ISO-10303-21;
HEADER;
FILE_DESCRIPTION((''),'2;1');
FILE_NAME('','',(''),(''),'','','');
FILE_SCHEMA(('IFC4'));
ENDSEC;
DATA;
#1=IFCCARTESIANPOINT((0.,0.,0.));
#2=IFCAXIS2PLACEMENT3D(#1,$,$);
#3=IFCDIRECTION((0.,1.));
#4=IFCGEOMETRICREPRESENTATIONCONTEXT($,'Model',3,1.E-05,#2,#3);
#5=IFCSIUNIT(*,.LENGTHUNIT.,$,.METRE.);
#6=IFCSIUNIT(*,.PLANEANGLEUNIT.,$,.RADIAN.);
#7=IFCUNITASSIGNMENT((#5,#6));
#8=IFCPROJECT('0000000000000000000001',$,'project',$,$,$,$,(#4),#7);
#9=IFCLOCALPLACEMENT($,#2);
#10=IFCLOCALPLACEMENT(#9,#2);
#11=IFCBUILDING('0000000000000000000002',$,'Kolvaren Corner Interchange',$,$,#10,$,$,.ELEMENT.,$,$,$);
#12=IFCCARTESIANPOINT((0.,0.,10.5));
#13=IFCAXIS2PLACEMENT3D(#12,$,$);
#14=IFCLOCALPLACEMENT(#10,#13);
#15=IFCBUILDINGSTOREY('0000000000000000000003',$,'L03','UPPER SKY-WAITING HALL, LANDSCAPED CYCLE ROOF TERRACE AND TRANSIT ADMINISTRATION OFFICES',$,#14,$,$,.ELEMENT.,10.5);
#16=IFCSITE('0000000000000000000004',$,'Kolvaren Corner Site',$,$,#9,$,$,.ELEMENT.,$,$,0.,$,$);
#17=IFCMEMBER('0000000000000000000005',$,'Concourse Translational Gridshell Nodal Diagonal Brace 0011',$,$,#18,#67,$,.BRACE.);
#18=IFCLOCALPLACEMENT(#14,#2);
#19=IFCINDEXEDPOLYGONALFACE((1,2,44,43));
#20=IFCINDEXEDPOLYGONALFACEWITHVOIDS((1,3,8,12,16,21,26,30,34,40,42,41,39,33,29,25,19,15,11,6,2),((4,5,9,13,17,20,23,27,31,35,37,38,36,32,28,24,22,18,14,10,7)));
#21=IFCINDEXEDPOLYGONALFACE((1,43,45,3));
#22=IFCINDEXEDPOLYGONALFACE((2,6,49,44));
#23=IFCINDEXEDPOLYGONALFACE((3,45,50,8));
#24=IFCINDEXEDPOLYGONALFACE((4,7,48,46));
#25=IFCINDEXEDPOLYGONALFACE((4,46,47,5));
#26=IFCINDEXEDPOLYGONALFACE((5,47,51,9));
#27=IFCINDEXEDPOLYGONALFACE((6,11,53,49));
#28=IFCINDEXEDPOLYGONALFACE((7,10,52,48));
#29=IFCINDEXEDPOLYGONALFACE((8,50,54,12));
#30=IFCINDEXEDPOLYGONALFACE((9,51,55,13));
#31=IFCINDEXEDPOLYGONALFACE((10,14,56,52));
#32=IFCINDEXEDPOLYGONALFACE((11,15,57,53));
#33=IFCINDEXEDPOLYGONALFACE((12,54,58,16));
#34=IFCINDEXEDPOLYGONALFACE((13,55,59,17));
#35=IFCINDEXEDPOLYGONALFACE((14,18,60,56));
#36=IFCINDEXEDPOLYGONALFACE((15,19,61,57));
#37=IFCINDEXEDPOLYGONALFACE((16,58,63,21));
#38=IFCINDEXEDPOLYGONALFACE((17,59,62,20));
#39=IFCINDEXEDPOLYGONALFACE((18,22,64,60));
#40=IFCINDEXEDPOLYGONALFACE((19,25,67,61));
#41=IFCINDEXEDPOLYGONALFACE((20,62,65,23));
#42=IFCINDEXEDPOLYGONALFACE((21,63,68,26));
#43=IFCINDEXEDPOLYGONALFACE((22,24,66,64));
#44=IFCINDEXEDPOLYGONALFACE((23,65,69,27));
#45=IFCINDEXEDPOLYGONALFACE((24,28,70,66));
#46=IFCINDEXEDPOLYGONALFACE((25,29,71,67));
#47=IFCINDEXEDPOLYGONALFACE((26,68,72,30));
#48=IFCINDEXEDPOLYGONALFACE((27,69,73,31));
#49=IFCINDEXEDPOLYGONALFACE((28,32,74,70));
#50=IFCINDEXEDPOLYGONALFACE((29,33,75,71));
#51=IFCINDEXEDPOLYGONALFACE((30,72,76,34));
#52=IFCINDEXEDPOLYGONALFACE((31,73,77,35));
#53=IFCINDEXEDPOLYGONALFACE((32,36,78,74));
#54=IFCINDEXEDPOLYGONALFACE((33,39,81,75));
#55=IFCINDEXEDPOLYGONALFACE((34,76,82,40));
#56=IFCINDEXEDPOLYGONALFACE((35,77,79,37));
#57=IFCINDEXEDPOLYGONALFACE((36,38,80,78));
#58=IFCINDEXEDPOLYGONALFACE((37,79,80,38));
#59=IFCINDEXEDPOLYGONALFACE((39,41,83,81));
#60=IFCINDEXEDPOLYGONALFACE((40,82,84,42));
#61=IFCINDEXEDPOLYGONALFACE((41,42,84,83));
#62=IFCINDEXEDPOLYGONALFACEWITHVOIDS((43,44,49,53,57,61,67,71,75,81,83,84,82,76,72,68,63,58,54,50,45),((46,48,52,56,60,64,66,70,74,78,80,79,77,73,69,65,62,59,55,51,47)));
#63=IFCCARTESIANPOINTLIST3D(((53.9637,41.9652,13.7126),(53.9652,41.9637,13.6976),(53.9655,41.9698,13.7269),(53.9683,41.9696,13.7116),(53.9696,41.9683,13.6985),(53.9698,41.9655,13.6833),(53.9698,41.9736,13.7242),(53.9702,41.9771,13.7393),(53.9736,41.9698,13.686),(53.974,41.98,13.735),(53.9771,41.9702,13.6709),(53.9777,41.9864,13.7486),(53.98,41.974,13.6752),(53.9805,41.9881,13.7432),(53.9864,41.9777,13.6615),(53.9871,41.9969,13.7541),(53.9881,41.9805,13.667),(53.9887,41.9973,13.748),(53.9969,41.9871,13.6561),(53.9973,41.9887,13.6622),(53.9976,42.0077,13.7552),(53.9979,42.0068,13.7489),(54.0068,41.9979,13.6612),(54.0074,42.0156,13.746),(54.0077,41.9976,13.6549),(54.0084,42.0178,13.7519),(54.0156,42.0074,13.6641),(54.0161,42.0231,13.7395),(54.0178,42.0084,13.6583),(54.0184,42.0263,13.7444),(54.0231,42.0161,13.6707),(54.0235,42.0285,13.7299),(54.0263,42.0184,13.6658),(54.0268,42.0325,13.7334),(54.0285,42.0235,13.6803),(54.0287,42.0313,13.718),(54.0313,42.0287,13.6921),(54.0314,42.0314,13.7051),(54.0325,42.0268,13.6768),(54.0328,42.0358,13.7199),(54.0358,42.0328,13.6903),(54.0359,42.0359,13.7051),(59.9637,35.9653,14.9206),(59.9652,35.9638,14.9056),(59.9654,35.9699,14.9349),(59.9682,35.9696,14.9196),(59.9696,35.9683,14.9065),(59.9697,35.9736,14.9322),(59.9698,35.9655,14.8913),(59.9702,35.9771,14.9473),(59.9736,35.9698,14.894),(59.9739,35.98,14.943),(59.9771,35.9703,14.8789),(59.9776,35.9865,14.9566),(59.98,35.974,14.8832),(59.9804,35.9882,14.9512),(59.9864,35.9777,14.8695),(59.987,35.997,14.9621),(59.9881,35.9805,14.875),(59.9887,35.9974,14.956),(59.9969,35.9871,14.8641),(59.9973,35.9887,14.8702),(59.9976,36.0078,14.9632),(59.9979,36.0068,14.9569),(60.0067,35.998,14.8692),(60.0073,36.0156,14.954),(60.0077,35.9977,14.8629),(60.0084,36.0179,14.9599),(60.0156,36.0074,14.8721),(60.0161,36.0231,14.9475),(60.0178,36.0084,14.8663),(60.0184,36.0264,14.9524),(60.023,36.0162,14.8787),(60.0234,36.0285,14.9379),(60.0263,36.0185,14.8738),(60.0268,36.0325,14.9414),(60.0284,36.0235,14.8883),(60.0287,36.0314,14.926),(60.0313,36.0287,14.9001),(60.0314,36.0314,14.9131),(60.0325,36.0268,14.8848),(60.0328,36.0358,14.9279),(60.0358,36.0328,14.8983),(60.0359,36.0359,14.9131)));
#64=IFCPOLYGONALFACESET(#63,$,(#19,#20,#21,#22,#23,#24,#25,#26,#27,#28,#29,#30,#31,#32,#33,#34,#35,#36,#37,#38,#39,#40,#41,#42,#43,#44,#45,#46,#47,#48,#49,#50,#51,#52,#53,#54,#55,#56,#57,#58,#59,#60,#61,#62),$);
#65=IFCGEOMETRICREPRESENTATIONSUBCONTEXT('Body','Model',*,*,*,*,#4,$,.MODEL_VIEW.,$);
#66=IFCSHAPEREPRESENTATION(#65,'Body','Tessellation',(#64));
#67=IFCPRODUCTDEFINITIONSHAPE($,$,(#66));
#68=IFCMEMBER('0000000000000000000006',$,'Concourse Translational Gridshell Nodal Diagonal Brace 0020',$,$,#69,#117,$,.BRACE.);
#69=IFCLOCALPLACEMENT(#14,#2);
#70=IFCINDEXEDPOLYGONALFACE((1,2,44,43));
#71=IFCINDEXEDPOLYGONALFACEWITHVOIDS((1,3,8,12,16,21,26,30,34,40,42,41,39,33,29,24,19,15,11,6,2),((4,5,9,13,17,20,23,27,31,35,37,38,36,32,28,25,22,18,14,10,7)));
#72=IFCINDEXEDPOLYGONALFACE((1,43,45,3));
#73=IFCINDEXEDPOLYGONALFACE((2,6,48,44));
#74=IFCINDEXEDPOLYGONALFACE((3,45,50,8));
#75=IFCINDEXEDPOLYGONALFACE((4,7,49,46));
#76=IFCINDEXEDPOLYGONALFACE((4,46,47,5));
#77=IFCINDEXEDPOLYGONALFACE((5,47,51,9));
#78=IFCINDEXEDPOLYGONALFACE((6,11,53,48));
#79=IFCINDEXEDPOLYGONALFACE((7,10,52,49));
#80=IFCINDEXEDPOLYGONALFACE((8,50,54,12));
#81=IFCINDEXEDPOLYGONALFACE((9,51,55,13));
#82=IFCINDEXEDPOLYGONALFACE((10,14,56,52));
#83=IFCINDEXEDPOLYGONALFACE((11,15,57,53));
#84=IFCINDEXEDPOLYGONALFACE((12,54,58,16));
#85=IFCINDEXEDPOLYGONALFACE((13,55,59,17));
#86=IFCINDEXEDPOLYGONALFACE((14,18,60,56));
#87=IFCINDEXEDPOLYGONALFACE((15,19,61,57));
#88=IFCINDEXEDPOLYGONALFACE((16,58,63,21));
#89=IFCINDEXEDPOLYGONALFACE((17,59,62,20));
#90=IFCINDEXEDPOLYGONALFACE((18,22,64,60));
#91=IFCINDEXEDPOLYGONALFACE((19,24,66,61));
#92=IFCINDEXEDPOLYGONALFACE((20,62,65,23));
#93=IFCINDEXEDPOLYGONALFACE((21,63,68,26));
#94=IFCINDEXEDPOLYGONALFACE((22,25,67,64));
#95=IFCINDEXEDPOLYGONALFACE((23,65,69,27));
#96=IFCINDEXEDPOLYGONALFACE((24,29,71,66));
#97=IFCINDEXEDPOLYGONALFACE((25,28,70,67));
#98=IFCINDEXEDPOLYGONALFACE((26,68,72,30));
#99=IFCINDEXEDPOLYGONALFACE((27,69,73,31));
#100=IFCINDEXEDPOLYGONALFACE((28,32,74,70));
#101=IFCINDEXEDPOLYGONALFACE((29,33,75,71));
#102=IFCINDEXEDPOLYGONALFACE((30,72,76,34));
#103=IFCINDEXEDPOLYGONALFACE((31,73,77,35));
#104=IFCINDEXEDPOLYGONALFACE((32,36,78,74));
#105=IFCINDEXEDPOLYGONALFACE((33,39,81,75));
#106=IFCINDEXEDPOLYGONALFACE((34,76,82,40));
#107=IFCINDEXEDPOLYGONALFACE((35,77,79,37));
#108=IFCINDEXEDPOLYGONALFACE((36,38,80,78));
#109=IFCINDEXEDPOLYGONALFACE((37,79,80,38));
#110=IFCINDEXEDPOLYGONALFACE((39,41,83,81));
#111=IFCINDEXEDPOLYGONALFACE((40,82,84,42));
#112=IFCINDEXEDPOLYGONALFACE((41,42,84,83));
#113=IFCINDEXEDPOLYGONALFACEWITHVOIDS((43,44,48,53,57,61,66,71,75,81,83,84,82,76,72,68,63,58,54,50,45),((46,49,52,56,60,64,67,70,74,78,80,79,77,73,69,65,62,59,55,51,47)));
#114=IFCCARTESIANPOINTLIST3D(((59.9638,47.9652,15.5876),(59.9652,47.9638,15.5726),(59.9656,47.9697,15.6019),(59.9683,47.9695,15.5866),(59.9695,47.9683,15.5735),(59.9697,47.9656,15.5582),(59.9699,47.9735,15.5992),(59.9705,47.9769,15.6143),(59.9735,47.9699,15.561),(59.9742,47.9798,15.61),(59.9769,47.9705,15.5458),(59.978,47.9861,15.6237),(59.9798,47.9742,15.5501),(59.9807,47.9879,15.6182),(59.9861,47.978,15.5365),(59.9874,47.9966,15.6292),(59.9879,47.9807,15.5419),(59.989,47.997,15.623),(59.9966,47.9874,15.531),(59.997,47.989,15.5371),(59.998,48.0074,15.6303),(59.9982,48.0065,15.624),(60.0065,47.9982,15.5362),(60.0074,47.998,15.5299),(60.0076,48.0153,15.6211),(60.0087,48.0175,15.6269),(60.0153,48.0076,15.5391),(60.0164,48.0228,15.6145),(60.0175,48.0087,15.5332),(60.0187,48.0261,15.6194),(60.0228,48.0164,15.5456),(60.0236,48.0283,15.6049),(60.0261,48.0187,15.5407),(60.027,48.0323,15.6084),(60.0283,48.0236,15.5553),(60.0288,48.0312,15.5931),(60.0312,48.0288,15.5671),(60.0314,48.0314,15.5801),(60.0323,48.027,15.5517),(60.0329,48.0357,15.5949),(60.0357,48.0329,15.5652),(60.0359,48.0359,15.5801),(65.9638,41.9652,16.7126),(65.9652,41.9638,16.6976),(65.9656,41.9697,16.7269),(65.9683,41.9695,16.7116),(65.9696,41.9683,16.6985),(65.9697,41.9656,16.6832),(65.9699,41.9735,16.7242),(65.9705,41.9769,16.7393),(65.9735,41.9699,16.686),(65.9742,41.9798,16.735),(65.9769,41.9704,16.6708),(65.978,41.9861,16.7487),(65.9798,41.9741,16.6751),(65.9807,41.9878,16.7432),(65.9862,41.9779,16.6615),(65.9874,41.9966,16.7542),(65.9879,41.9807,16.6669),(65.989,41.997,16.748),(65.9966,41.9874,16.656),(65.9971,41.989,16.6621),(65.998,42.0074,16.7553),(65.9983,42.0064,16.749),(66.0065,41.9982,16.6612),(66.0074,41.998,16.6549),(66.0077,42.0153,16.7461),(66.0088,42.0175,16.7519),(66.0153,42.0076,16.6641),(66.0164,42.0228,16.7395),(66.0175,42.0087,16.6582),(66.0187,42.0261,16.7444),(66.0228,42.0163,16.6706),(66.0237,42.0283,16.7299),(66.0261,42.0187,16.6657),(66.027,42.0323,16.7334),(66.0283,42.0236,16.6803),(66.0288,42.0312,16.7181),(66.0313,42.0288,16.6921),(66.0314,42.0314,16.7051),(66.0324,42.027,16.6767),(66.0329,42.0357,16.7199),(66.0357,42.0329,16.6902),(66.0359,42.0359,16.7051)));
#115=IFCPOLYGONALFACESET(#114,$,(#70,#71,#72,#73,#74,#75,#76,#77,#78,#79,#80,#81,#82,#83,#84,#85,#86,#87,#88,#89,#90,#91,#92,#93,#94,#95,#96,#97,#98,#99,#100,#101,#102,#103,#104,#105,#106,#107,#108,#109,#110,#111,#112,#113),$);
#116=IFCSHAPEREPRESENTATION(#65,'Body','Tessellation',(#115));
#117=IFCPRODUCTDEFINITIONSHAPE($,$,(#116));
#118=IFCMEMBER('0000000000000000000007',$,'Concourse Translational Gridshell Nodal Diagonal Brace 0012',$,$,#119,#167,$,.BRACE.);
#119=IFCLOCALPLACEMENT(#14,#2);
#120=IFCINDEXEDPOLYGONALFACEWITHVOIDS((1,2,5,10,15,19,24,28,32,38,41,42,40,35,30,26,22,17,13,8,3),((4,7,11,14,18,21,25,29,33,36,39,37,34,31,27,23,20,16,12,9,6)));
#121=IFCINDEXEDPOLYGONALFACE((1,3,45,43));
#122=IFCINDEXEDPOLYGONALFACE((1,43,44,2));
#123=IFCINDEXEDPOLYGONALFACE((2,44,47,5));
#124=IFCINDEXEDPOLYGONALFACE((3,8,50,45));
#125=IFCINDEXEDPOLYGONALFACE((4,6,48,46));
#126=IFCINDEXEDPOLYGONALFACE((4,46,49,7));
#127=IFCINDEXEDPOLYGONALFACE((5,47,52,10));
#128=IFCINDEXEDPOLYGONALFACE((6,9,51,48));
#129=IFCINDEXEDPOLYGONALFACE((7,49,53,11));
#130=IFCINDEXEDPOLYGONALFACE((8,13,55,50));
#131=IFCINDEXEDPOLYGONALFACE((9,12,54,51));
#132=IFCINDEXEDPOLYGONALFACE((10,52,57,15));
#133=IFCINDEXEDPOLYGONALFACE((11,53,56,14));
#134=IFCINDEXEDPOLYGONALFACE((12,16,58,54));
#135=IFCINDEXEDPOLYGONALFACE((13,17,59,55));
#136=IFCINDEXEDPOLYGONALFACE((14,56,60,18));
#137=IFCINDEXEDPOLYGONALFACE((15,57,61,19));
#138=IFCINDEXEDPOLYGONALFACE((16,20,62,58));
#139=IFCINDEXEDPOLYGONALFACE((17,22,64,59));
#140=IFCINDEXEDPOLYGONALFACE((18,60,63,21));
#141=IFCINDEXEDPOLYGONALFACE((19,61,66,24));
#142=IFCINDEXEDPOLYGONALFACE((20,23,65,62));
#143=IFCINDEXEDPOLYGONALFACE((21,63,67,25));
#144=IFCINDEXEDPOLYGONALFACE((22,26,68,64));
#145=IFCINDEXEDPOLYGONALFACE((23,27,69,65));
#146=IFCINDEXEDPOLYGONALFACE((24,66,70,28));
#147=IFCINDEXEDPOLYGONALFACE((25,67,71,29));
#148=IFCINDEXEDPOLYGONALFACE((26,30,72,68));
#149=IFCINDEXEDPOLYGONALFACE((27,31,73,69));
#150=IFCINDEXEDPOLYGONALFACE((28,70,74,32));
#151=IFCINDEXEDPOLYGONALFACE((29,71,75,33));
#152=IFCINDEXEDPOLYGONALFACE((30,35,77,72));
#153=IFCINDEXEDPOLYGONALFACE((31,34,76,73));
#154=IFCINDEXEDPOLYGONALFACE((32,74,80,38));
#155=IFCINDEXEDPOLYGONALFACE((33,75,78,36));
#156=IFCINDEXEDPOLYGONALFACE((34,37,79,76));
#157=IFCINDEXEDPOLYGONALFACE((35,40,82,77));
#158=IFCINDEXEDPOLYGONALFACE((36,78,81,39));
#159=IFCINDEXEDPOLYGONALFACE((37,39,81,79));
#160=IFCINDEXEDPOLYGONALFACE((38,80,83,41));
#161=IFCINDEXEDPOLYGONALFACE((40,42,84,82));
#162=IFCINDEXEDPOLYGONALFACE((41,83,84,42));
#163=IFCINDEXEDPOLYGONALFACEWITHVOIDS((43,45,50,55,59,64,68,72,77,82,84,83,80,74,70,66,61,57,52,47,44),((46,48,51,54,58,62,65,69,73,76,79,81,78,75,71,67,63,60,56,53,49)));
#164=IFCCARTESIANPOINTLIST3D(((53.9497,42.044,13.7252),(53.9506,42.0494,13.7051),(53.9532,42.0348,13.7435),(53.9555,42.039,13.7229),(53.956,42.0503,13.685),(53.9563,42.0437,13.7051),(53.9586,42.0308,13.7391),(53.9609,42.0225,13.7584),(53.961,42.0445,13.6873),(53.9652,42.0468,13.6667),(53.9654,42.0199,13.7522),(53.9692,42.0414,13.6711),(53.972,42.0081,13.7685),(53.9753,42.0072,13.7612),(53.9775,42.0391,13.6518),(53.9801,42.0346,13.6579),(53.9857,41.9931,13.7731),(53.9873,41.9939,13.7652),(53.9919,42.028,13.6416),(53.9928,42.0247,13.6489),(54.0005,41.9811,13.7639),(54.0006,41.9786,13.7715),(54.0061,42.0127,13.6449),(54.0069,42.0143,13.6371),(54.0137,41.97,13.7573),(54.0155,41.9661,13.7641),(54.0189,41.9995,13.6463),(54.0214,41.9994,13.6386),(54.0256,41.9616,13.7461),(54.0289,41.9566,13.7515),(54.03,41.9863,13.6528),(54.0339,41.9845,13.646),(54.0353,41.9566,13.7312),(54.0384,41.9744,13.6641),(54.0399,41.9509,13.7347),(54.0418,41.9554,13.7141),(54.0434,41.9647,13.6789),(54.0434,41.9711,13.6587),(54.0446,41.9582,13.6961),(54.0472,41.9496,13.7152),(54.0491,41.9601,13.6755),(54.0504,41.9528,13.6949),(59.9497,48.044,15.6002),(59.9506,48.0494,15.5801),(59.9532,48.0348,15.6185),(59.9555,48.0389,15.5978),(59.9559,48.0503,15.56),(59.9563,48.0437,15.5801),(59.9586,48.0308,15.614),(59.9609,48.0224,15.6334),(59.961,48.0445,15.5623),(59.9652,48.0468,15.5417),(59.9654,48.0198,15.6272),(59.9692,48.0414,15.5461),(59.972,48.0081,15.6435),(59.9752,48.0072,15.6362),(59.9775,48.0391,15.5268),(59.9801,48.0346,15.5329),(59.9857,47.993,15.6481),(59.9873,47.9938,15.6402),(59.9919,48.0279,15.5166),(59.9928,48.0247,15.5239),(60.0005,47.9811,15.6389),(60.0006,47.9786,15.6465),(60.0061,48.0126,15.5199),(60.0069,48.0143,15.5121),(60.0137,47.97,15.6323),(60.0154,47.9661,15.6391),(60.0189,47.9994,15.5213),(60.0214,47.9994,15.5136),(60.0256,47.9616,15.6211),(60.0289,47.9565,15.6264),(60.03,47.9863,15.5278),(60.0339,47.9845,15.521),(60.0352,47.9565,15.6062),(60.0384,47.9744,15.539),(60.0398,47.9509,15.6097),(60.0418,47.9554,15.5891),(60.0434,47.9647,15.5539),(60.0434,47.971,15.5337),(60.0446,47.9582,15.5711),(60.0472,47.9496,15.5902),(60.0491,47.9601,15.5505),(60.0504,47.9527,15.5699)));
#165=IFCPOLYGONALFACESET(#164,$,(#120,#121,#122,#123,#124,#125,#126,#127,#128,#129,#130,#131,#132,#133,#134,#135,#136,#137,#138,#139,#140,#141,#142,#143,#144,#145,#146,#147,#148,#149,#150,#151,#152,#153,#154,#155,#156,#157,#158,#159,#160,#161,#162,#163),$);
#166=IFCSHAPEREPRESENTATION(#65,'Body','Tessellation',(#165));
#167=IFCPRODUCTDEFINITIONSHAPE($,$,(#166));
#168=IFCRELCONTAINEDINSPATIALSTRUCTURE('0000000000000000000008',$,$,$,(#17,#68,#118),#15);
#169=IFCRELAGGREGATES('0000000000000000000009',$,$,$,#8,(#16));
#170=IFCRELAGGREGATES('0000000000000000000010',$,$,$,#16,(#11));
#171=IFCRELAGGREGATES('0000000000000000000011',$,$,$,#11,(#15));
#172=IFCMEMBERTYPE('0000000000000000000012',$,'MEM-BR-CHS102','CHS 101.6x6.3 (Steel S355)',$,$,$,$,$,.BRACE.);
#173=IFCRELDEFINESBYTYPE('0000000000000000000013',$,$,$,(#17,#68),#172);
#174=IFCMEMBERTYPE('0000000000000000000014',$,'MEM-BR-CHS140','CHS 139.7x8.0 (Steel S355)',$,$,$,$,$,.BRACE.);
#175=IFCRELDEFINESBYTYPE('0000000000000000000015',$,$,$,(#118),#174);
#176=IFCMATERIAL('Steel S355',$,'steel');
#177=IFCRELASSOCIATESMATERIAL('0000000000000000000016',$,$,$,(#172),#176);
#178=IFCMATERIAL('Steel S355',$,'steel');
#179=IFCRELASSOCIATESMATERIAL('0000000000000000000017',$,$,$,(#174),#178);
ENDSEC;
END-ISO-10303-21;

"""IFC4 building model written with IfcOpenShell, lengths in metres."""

from ifc_helpers import new_model, si_unit, direction, frame, origin, origin_2d, place, context, subcontext, project, spatial, hollow_circle, extrude, material, material_profile, profile_set, type_object, element, save


model = new_model("IFC4")

# Units and contexts
model_context = context("Model", 3, precision=1e-05, world=origin(), true_north=direction((0.0, 1.0)))
body_context = subcontext(model_context, "Body", "Model", "MODEL_VIEW")
ifc_project = project(units=[si_unit("LENGTHUNIT", "METRE"), si_unit("PLANEANGLEUNIT", "RADIAN")], contexts=[model_context])

# Site, building, storey
site_placement = place(None, origin())
site = spatial("IfcSite", under=ifc_project, at=site_placement, Name="Kolvaren Corner Site", CompositionType="ELEMENT", RefElevation=0.0)
building_placement = place(site_placement, origin())
building = spatial("IfcBuilding", under=site, at=building_placement, Name="Kolvaren Corner Interchange", CompositionType="ELEMENT")
storey_placement = place(building_placement, frame((0.0, 0.0, 10.5)))
storey = spatial("IfcBuildingStorey", under=building, at=storey_placement, Name="L03", Description="UPPER SKY-WAITING HALL, LANDSCAPED CYCLE ROOF TERRACE AND TRANSIT ADMINISTRATION OFFICES", CompositionType="ELEMENT", Elevation=10.5)

# Members
ifc_material_1 = material(Name="Steel S355", Category="steel")
ifc_material_profile_1 = material_profile(ifc_material_1, hollow_circle(Radius=0.0508, WallThickness=0.0063, at=origin_2d()), Name="CHS 101.6x6.3")
ifc_profile_set_1 = profile_set([ifc_material_profile_1], Name="Steel S355")
member_type_1 = type_object("IfcMemberType", Name="MEM-BR-CHS102", Description="CHS 101.6x6.3 (Steel S355)", PredefinedType="BRACE", material=ifc_profile_set_1)
member_1_placement = place(storey_placement, frame((54.0, 42.0, 13.7051), z_axis=(0.700048, -0.700048, 0.140944), x_axis=(0.707107, 0.707107, 0.0)))
element("IfcMember", 1, at=member_1_placement, inside=storey, type_object=member_type_1, Name="Concourse Translational Gridshell Nodal Diagonal Brace 0011", PredefinedType="BRACE", context=body_context, shape_type="SweptSolid", body=[
    extrude(hollow_circle(Radius=0.0508, WallThickness=0.0063, at=origin_2d()), origin(), (0.0, 0.0, 1.0), 8.5708),
])
member_2_placement = place(storey_placement, frame((60.0, 48.0, 15.5801), z_axis=(0.700973, -0.700973, 0.131432), x_axis=(0.707107, 0.707107, 0.0)))
element("IfcMember", 2, at=member_2_placement, inside=storey, type_object=member_type_1, Name="Concourse Translational Gridshell Nodal Diagonal Brace 0020", PredefinedType="BRACE", context=body_context, shape_type="SweptSolid", body=[
    extrude(hollow_circle(Radius=0.0508, WallThickness=0.0063, at=origin_2d()), origin(), (0.0, 0.0, 1.0), 8.5596),
])
ifc_material_2 = material(Name="Steel S355", Category="steel")
ifc_material_profile_2 = material_profile(ifc_material_2, hollow_circle(Radius=0.0698, WallThickness=0.0081, at=origin_2d()), Name="CHS 139.7x8.0")
ifc_profile_set_2 = profile_set([ifc_material_profile_2], Name="Steel S355")
member_type_2 = type_object("IfcMemberType", Name="MEM-BR-CHS140", Description="CHS 139.7x8.0 (Steel S355)", PredefinedType="BRACE", material=ifc_profile_set_2)
member_3_placement = place(storey_placement, frame((54.0, 42.0, 13.7051), z_axis=(0.690451, 0.690451, 0.215766), x_axis=(-0.707107, 0.707107, 0.0)))
element("IfcMember", 3, at=member_3_placement, inside=storey, type_object=member_type_2, Name="Concourse Translational Gridshell Nodal Diagonal Brace 0012", PredefinedType="BRACE", context=body_context, shape_type="SweptSolid", body=[
    extrude(hollow_circle(Radius=0.0698, WallThickness=0.0081, at=origin_2d()), origin(), (0.0, 0.0, 1.0), 8.6899),
])

save(model, "model.ifc")
